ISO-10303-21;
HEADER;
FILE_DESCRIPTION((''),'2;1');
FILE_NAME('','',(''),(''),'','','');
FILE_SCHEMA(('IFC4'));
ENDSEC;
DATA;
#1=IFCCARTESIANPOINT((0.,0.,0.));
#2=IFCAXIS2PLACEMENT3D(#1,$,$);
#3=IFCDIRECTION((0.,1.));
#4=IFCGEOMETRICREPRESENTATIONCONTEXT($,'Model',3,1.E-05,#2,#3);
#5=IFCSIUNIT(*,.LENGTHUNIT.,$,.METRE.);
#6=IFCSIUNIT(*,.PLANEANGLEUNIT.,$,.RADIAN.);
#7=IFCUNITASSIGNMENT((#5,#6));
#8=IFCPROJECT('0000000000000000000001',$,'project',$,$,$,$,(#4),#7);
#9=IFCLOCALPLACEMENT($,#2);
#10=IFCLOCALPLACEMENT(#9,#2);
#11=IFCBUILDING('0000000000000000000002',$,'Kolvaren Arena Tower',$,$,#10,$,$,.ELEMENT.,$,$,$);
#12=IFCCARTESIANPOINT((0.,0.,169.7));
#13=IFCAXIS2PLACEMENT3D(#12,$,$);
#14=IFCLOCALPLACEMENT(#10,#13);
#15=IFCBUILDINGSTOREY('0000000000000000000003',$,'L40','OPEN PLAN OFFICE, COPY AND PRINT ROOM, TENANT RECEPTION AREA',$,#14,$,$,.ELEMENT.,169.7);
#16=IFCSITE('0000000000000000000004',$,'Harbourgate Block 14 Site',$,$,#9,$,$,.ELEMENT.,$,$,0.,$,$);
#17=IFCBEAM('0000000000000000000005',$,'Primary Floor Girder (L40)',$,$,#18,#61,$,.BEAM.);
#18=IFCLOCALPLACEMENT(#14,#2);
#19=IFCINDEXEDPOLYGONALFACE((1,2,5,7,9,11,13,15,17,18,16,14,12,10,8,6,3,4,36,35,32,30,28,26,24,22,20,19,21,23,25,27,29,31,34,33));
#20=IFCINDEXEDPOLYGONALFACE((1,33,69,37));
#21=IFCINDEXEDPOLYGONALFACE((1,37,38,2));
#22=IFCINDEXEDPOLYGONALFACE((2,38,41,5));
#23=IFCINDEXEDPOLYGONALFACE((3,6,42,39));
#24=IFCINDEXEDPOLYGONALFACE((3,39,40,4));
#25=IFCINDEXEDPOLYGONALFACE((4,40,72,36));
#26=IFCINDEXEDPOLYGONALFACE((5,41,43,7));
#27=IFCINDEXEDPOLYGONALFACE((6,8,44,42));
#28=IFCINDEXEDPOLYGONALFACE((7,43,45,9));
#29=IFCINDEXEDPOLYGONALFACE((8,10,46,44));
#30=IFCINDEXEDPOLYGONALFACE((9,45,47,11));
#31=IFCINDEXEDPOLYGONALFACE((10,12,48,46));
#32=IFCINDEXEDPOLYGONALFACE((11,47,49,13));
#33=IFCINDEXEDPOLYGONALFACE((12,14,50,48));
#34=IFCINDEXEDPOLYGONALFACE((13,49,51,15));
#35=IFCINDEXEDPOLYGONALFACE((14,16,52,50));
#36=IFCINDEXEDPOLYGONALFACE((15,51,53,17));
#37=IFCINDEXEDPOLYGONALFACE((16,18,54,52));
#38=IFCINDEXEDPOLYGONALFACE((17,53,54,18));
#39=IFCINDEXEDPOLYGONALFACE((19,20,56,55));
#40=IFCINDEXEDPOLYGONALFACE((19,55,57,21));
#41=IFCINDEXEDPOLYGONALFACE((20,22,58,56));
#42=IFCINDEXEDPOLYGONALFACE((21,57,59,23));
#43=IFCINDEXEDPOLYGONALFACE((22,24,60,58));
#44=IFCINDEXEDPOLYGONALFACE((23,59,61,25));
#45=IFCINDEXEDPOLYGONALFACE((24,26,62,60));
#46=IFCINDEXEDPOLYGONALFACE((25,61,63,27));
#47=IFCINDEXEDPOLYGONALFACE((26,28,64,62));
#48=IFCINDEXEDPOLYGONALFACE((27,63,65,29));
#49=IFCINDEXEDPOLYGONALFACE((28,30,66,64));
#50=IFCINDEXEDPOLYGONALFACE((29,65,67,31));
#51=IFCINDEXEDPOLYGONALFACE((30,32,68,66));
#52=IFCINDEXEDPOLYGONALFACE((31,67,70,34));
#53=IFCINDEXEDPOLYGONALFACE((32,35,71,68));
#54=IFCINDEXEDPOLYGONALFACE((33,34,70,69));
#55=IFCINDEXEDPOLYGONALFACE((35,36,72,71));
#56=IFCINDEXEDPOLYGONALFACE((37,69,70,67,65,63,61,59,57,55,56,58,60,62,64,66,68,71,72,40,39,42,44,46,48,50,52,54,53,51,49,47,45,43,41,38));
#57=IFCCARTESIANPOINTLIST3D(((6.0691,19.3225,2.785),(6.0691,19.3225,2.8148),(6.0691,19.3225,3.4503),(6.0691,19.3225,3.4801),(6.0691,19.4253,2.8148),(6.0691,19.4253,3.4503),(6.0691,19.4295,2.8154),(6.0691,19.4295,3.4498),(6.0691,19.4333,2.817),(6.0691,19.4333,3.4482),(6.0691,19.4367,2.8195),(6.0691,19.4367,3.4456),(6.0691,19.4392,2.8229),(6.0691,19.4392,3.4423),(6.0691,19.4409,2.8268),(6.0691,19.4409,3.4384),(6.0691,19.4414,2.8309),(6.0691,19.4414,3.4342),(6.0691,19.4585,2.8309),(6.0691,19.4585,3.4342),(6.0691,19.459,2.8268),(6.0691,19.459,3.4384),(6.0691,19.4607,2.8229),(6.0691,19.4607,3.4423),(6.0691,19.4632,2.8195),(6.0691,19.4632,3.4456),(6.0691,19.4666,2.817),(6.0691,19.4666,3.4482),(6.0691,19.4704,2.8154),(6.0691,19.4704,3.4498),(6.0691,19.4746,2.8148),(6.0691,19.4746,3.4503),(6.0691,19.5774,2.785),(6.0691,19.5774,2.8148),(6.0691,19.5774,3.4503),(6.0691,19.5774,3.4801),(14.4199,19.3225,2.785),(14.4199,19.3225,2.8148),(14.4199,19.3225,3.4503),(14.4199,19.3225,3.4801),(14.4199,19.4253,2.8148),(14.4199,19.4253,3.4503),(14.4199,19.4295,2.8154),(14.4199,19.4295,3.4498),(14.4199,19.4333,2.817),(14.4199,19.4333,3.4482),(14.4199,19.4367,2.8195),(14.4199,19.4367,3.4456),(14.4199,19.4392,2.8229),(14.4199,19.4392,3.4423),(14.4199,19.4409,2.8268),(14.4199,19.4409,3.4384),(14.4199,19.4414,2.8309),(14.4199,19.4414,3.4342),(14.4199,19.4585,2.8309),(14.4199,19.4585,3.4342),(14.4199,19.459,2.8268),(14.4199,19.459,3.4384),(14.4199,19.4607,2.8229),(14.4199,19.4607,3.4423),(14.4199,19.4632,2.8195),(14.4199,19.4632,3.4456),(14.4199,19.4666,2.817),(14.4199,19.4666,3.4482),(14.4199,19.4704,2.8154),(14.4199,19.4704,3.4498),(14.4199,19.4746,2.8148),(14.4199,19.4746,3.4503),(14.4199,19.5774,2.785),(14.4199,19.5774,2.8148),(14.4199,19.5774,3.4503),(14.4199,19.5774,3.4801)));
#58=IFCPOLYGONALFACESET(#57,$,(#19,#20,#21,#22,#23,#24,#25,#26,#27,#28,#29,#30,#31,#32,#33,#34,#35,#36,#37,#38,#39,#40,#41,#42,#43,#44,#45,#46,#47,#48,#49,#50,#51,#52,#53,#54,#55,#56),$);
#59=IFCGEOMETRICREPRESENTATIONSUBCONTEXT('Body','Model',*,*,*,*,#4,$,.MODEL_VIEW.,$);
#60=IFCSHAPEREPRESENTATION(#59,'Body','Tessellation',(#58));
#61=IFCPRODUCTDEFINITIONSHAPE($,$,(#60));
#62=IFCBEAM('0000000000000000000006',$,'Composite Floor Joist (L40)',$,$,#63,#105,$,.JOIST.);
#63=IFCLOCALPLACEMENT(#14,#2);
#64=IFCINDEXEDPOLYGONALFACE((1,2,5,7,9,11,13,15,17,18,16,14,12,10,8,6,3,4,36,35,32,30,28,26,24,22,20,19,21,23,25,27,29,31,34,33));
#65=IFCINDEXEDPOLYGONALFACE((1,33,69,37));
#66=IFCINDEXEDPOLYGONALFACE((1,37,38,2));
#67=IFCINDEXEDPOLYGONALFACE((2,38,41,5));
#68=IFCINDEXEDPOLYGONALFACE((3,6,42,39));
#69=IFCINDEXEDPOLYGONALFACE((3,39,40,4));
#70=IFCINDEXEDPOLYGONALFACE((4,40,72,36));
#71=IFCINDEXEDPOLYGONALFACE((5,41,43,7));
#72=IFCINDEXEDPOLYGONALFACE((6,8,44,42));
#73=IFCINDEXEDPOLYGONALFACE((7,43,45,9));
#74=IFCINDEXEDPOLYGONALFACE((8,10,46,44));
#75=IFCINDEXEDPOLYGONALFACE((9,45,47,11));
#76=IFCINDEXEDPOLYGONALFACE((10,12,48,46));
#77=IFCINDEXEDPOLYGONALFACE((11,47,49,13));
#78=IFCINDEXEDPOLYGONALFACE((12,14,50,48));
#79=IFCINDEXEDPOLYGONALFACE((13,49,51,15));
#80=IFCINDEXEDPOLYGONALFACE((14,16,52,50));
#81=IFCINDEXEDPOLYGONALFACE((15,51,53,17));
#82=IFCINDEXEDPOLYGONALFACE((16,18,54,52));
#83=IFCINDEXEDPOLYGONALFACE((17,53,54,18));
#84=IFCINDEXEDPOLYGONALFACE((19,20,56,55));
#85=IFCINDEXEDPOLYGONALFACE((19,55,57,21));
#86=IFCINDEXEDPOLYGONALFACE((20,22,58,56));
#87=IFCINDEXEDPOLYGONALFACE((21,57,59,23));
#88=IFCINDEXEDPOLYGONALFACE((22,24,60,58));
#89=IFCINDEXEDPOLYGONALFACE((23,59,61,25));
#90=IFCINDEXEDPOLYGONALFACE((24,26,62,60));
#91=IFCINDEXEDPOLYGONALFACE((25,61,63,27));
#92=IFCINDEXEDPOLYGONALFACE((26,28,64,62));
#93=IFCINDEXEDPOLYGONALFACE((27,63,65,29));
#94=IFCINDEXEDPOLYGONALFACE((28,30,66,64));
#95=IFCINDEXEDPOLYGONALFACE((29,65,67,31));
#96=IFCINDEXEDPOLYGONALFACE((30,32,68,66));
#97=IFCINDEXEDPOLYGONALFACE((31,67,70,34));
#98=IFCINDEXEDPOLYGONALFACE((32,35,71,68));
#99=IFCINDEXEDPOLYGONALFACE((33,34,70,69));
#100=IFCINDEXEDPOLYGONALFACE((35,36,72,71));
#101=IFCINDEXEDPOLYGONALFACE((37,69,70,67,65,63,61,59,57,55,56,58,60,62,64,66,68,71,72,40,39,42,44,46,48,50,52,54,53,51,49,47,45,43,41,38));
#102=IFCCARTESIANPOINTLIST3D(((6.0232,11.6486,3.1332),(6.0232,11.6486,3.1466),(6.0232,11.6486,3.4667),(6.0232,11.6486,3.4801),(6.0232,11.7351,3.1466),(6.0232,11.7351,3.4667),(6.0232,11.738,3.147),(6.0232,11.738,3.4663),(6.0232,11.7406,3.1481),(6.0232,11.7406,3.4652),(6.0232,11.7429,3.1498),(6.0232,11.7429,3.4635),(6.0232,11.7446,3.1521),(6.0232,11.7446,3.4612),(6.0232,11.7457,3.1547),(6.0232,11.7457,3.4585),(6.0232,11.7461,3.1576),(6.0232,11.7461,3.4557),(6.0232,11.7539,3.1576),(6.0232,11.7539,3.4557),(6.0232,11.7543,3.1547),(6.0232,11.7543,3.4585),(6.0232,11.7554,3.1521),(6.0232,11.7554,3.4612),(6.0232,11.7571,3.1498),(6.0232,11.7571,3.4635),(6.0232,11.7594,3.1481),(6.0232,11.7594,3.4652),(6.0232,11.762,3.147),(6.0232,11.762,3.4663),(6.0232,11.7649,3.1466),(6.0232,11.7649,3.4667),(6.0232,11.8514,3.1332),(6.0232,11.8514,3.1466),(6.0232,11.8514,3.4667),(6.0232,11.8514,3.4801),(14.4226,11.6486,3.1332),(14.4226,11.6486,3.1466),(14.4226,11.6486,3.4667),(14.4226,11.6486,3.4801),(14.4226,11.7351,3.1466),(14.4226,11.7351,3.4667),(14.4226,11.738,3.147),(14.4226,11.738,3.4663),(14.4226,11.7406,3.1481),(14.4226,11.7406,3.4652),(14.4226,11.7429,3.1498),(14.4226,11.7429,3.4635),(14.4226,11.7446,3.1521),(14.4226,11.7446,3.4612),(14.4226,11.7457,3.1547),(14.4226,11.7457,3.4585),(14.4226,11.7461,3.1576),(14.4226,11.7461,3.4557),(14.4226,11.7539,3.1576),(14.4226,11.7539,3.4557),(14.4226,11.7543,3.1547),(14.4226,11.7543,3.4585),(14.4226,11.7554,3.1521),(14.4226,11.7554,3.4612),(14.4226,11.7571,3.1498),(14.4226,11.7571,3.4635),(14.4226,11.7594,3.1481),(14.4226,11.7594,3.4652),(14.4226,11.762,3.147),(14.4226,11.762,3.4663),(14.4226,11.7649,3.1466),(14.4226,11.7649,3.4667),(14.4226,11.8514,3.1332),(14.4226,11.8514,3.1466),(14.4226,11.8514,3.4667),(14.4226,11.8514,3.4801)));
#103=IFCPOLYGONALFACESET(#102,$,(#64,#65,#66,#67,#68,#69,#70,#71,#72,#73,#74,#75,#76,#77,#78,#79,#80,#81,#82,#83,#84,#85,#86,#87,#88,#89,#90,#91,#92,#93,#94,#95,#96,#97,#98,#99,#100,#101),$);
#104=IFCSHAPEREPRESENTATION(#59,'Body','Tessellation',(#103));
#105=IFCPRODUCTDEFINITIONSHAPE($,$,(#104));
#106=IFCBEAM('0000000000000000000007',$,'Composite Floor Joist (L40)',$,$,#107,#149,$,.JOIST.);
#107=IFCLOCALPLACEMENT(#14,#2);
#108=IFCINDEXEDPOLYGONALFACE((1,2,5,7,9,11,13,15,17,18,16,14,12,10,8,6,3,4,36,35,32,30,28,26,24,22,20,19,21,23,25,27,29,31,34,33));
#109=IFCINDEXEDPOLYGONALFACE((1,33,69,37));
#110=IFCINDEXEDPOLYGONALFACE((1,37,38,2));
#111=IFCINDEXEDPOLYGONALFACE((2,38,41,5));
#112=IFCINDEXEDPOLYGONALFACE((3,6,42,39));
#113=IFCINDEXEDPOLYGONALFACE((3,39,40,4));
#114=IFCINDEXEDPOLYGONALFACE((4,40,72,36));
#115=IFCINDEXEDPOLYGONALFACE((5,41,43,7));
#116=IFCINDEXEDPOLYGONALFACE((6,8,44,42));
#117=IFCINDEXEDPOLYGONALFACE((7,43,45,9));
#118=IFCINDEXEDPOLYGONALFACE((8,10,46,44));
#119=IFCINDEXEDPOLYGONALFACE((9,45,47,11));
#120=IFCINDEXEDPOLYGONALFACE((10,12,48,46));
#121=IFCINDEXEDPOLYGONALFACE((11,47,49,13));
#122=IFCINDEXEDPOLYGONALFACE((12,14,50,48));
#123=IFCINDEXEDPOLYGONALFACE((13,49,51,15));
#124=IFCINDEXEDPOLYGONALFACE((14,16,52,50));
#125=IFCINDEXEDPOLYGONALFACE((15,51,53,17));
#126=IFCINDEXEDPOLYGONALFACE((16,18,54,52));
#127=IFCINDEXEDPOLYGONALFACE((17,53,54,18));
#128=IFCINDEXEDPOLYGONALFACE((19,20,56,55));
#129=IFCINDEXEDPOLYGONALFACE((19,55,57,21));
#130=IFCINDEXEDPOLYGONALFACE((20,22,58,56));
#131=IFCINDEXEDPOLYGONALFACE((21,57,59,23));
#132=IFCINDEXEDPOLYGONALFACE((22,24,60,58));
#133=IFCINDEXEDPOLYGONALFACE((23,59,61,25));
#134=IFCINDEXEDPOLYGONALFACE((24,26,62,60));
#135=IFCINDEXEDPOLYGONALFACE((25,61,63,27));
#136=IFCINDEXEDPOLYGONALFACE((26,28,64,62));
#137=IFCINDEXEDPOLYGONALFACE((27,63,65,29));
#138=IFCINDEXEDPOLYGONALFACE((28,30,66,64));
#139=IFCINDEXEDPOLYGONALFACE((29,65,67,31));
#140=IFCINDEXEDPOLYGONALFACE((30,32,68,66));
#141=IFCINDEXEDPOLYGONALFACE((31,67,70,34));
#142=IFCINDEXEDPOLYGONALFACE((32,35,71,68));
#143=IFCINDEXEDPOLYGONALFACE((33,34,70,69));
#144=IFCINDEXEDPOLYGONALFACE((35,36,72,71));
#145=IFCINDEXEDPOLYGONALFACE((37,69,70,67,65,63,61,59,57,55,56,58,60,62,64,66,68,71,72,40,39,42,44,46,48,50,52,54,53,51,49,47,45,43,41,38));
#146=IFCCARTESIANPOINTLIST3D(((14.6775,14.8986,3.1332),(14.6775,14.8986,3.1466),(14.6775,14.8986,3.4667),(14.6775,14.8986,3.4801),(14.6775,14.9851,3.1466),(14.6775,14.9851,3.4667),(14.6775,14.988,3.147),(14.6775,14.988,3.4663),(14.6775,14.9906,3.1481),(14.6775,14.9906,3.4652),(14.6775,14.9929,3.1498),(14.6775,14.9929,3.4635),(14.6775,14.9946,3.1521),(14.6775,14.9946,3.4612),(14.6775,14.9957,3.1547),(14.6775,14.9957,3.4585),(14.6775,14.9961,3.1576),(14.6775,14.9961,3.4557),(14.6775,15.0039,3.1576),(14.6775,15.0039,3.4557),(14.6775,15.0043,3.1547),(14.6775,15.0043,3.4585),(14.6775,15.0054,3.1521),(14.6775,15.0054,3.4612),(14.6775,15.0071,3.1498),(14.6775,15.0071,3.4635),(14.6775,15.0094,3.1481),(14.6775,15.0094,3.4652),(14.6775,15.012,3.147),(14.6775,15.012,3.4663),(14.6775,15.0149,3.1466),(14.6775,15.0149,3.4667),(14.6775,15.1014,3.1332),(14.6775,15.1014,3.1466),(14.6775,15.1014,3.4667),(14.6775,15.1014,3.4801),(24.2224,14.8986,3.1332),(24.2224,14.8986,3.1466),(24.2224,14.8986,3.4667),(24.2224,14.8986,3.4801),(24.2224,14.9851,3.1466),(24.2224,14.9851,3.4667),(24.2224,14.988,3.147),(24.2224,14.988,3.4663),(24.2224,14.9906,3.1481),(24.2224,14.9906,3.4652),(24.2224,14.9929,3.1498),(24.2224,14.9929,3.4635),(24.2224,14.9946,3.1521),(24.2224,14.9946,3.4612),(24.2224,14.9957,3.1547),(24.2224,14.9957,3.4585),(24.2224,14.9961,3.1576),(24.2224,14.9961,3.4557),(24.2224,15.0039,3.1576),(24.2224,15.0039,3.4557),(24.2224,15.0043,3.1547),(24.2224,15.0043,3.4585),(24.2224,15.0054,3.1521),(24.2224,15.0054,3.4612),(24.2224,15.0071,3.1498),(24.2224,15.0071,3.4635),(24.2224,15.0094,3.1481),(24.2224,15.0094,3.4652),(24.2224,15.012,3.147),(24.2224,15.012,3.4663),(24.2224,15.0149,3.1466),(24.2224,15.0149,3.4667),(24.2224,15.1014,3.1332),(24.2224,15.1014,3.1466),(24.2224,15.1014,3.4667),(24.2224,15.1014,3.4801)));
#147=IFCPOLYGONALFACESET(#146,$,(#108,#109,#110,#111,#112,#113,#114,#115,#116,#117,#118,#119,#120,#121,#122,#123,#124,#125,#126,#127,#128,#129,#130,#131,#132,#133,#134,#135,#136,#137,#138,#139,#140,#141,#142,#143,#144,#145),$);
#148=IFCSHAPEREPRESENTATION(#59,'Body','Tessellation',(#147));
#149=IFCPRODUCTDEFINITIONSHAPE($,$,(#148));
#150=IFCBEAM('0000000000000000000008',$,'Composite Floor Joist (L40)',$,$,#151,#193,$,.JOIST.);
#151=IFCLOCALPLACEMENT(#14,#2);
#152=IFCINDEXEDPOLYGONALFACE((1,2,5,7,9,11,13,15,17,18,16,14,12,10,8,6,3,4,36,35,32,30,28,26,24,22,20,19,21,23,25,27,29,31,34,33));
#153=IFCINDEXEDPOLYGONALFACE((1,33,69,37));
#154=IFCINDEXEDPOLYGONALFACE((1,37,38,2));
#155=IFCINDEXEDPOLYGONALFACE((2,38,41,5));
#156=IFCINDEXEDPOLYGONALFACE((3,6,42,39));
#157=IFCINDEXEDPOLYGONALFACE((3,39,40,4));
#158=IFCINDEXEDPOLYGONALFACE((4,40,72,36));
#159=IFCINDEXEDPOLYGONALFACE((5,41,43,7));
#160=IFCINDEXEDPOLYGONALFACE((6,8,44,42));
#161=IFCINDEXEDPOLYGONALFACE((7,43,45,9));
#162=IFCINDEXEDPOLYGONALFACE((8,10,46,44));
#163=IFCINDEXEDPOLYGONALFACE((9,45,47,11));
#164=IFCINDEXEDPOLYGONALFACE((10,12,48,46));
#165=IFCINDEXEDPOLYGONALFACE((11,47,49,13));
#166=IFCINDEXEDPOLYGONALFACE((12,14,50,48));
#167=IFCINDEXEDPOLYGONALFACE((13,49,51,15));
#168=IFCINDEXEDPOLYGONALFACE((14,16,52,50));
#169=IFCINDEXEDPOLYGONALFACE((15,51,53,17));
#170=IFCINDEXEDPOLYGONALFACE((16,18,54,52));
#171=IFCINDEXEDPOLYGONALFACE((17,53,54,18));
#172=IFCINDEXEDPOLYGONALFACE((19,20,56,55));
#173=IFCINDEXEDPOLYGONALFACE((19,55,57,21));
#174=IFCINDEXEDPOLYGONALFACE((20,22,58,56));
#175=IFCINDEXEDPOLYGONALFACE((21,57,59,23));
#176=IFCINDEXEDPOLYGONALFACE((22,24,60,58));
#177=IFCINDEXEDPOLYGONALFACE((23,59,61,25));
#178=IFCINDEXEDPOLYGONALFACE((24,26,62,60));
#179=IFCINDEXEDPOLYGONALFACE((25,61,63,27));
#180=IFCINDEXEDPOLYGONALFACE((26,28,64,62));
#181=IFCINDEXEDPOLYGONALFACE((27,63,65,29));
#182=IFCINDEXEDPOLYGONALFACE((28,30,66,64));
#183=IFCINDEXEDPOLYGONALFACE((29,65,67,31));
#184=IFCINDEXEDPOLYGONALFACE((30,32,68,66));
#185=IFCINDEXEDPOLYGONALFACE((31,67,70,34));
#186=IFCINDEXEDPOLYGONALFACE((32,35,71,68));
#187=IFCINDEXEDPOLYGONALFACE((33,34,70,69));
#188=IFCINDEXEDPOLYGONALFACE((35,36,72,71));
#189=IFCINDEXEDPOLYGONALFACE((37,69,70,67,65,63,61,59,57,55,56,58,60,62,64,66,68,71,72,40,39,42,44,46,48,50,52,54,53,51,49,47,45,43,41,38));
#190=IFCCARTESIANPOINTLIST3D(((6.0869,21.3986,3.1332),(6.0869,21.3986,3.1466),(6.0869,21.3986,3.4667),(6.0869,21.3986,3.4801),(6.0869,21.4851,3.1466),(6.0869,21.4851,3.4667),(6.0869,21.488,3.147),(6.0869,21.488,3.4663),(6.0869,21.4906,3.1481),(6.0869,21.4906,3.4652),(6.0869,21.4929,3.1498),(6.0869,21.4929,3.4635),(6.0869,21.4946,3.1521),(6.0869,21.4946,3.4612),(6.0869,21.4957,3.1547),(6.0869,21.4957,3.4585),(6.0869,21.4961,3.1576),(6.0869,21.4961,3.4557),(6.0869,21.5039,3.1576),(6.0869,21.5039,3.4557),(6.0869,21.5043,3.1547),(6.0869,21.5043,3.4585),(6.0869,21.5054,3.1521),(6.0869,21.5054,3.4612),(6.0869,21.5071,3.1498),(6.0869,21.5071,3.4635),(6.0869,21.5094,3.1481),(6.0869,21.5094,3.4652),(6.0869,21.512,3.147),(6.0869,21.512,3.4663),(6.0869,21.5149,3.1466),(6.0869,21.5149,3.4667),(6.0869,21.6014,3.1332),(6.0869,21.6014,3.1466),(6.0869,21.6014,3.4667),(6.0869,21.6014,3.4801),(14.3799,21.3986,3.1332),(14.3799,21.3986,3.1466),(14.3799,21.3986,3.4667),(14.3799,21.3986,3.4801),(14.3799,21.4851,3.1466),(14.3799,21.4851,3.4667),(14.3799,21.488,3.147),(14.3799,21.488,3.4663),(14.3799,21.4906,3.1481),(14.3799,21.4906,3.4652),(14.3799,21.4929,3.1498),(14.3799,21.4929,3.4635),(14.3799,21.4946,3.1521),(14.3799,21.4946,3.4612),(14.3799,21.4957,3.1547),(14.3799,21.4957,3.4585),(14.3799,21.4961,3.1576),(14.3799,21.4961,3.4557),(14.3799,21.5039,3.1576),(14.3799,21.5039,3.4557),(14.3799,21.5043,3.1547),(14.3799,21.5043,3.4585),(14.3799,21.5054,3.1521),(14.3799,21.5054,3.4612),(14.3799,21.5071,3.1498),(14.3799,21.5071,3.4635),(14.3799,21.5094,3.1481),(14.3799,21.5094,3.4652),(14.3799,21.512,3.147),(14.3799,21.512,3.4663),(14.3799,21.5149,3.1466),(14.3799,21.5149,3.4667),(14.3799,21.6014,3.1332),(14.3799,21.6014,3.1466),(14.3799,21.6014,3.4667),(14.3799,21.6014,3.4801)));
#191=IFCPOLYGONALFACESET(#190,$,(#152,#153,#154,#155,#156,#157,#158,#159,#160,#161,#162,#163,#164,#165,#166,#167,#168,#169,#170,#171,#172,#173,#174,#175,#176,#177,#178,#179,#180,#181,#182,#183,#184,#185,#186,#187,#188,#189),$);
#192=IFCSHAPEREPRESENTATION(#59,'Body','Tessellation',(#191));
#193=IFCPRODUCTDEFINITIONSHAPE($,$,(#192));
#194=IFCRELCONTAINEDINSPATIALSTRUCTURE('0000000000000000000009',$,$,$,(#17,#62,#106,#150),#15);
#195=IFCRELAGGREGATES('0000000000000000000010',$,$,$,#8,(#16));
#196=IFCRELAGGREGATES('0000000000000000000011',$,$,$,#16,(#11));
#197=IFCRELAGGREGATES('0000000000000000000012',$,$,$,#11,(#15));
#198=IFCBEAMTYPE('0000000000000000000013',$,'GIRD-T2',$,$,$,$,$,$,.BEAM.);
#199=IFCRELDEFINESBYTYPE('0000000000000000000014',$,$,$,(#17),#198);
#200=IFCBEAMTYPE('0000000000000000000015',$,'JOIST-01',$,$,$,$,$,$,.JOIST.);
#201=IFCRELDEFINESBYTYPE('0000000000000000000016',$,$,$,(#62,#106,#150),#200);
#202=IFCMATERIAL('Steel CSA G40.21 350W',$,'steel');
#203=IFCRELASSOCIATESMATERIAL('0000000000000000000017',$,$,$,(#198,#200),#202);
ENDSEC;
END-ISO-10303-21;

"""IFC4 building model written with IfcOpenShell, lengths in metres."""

from ifc_helpers import new_model, si_unit, direction, frame, origin, origin_2d, place, context, subcontext, project, spatial, i_section, extrude, material, material_profile, profile_set, type_object, element, save


model = new_model("IFC4")

# Units and contexts
model_context = context("Model", 3, precision=1e-05, world=origin(), true_north=direction((0.0, 1.0)))
body_context = subcontext(model_context, "Body", "Model", "MODEL_VIEW")
ifc_project = project(units=[si_unit("LENGTHUNIT", "METRE"), si_unit("PLANEANGLEUNIT", "RADIAN")], contexts=[model_context])

# Site, building, storey
site_placement = place(None, origin())
site = spatial("IfcSite", under=ifc_project, at=site_placement, Name="Harbourgate Block 14 Site", CompositionType="ELEMENT", RefElevation=0.0)
building_placement = place(site_placement, origin())
building = spatial("IfcBuilding", under=site, at=building_placement, Name="Kolvaren Arena Tower", CompositionType="ELEMENT")
storey_placement = place(building_placement, frame((0.0, 0.0, 169.7)))
storey = spatial("IfcBuildingStorey", under=building, at=storey_placement, Name="L40", Description="OPEN PLAN OFFICE, COPY AND PRINT ROOM, TENANT RECEPTION AREA", CompositionType="ELEMENT", Elevation=169.7)

# Beams
ifc_material_1 = material(Name="Steel CSA G40.21 350W", Category="steel")
ifc_material_profile_1 = material_profile(ifc_material_1, i_section(OverallWidth=0.2549, OverallDepth=0.6951, WebThickness=0.0171, FlangeThickness=0.0298, FilletRadius=0.0161, at=origin_2d()), Name="W690x217")
ifc_profile_set_1 = profile_set([ifc_material_profile_1], Name="Steel CSA G40.21 350W")
beam_type_1 = type_object("IfcBeamType", Name="GIRD-T2", PredefinedType="BEAM", material=ifc_profile_set_1)
beam_1_placement = place(storey_placement, frame((6.0691, 19.45, 3.1326), z_axis=(1.0, 0.0, 0.0), x_axis=(0.0, 1.0, 0.0)))
element("IfcBeam", 1, at=beam_1_placement, inside=storey, type_object=beam_type_1, Name="Primary Floor Girder (L40)", PredefinedType="BEAM", context=body_context, shape_type="SweptSolid", body=[
    extrude(i_section(OverallWidth=0.2549, OverallDepth=0.6951, WebThickness=0.0171, FlangeThickness=0.0298, FilletRadius=0.0161, at=origin_2d()), origin(), (0.0, 0.0, 1.0), 8.3508),
])
ifc_material_profile_2 = material_profile(ifc_material_1, i_section(OverallWidth=0.2029, OverallDepth=0.3469, WebThickness=0.0078, FlangeThickness=0.0134, FilletRadius=0.011, at=origin_2d()), Name="W360x64")
ifc_profile_set_2 = profile_set([ifc_material_profile_2], Name="Steel CSA G40.21 350W")
beam_type_2 = type_object("IfcBeamType", Name="JOIST-01", PredefinedType="JOIST", material=ifc_profile_set_2)
beam_2_placement = place(storey_placement, frame((6.0232, 11.75, 3.3066), z_axis=(1.0, 0.0, 0.0), x_axis=(0.0, 1.0, 0.0)))
element("IfcBeam", 2, at=beam_2_placement, inside=storey, type_object=beam_type_2, Name="Composite Floor Joist (L40)", PredefinedType="JOIST", context=body_context, shape_type="SweptSolid", body=[
    extrude(i_section(OverallWidth=0.2029, OverallDepth=0.3469, WebThickness=0.0078, FlangeThickness=0.0134, FilletRadius=0.011, at=origin_2d()), origin(), (0.0, 0.0, 1.0), 8.3994),
])
beam_3_placement = place(storey_placement, frame((14.6775, 15.0, 3.3066), z_axis=(1.0, 0.0, 0.0), x_axis=(0.0, 1.0, 0.0)))
element("IfcBeam", 3, at=beam_3_placement, inside=storey, type_object=beam_type_2, Name="Composite Floor Joist (L40)", PredefinedType="JOIST", context=body_context, shape_type="SweptSolid", body=[
    extrude(i_section(OverallWidth=0.2029, OverallDepth=0.3469, WebThickness=0.0078, FlangeThickness=0.0134, FilletRadius=0.011, at=origin_2d()), origin(), (0.0, 0.0, 1.0), 9.5449),
])
beam_4_placement = place(storey_placement, frame((6.0869, 21.5, 3.3066), z_axis=(1.0, 0.0, 0.0), x_axis=(0.0, 1.0, 0.0)))
element("IfcBeam", 4, at=beam_4_placement, inside=storey, type_object=beam_type_2, Name="Composite Floor Joist (L40)", PredefinedType="JOIST", context=body_context, shape_type="SweptSolid", body=[
    extrude(i_section(OverallWidth=0.2029, OverallDepth=0.3469, WebThickness=0.0078, FlangeThickness=0.0134, FilletRadius=0.011, at=origin_2d()), origin(), (0.0, 0.0, 1.0), 8.293),
])

save(model, "model.ifc")
